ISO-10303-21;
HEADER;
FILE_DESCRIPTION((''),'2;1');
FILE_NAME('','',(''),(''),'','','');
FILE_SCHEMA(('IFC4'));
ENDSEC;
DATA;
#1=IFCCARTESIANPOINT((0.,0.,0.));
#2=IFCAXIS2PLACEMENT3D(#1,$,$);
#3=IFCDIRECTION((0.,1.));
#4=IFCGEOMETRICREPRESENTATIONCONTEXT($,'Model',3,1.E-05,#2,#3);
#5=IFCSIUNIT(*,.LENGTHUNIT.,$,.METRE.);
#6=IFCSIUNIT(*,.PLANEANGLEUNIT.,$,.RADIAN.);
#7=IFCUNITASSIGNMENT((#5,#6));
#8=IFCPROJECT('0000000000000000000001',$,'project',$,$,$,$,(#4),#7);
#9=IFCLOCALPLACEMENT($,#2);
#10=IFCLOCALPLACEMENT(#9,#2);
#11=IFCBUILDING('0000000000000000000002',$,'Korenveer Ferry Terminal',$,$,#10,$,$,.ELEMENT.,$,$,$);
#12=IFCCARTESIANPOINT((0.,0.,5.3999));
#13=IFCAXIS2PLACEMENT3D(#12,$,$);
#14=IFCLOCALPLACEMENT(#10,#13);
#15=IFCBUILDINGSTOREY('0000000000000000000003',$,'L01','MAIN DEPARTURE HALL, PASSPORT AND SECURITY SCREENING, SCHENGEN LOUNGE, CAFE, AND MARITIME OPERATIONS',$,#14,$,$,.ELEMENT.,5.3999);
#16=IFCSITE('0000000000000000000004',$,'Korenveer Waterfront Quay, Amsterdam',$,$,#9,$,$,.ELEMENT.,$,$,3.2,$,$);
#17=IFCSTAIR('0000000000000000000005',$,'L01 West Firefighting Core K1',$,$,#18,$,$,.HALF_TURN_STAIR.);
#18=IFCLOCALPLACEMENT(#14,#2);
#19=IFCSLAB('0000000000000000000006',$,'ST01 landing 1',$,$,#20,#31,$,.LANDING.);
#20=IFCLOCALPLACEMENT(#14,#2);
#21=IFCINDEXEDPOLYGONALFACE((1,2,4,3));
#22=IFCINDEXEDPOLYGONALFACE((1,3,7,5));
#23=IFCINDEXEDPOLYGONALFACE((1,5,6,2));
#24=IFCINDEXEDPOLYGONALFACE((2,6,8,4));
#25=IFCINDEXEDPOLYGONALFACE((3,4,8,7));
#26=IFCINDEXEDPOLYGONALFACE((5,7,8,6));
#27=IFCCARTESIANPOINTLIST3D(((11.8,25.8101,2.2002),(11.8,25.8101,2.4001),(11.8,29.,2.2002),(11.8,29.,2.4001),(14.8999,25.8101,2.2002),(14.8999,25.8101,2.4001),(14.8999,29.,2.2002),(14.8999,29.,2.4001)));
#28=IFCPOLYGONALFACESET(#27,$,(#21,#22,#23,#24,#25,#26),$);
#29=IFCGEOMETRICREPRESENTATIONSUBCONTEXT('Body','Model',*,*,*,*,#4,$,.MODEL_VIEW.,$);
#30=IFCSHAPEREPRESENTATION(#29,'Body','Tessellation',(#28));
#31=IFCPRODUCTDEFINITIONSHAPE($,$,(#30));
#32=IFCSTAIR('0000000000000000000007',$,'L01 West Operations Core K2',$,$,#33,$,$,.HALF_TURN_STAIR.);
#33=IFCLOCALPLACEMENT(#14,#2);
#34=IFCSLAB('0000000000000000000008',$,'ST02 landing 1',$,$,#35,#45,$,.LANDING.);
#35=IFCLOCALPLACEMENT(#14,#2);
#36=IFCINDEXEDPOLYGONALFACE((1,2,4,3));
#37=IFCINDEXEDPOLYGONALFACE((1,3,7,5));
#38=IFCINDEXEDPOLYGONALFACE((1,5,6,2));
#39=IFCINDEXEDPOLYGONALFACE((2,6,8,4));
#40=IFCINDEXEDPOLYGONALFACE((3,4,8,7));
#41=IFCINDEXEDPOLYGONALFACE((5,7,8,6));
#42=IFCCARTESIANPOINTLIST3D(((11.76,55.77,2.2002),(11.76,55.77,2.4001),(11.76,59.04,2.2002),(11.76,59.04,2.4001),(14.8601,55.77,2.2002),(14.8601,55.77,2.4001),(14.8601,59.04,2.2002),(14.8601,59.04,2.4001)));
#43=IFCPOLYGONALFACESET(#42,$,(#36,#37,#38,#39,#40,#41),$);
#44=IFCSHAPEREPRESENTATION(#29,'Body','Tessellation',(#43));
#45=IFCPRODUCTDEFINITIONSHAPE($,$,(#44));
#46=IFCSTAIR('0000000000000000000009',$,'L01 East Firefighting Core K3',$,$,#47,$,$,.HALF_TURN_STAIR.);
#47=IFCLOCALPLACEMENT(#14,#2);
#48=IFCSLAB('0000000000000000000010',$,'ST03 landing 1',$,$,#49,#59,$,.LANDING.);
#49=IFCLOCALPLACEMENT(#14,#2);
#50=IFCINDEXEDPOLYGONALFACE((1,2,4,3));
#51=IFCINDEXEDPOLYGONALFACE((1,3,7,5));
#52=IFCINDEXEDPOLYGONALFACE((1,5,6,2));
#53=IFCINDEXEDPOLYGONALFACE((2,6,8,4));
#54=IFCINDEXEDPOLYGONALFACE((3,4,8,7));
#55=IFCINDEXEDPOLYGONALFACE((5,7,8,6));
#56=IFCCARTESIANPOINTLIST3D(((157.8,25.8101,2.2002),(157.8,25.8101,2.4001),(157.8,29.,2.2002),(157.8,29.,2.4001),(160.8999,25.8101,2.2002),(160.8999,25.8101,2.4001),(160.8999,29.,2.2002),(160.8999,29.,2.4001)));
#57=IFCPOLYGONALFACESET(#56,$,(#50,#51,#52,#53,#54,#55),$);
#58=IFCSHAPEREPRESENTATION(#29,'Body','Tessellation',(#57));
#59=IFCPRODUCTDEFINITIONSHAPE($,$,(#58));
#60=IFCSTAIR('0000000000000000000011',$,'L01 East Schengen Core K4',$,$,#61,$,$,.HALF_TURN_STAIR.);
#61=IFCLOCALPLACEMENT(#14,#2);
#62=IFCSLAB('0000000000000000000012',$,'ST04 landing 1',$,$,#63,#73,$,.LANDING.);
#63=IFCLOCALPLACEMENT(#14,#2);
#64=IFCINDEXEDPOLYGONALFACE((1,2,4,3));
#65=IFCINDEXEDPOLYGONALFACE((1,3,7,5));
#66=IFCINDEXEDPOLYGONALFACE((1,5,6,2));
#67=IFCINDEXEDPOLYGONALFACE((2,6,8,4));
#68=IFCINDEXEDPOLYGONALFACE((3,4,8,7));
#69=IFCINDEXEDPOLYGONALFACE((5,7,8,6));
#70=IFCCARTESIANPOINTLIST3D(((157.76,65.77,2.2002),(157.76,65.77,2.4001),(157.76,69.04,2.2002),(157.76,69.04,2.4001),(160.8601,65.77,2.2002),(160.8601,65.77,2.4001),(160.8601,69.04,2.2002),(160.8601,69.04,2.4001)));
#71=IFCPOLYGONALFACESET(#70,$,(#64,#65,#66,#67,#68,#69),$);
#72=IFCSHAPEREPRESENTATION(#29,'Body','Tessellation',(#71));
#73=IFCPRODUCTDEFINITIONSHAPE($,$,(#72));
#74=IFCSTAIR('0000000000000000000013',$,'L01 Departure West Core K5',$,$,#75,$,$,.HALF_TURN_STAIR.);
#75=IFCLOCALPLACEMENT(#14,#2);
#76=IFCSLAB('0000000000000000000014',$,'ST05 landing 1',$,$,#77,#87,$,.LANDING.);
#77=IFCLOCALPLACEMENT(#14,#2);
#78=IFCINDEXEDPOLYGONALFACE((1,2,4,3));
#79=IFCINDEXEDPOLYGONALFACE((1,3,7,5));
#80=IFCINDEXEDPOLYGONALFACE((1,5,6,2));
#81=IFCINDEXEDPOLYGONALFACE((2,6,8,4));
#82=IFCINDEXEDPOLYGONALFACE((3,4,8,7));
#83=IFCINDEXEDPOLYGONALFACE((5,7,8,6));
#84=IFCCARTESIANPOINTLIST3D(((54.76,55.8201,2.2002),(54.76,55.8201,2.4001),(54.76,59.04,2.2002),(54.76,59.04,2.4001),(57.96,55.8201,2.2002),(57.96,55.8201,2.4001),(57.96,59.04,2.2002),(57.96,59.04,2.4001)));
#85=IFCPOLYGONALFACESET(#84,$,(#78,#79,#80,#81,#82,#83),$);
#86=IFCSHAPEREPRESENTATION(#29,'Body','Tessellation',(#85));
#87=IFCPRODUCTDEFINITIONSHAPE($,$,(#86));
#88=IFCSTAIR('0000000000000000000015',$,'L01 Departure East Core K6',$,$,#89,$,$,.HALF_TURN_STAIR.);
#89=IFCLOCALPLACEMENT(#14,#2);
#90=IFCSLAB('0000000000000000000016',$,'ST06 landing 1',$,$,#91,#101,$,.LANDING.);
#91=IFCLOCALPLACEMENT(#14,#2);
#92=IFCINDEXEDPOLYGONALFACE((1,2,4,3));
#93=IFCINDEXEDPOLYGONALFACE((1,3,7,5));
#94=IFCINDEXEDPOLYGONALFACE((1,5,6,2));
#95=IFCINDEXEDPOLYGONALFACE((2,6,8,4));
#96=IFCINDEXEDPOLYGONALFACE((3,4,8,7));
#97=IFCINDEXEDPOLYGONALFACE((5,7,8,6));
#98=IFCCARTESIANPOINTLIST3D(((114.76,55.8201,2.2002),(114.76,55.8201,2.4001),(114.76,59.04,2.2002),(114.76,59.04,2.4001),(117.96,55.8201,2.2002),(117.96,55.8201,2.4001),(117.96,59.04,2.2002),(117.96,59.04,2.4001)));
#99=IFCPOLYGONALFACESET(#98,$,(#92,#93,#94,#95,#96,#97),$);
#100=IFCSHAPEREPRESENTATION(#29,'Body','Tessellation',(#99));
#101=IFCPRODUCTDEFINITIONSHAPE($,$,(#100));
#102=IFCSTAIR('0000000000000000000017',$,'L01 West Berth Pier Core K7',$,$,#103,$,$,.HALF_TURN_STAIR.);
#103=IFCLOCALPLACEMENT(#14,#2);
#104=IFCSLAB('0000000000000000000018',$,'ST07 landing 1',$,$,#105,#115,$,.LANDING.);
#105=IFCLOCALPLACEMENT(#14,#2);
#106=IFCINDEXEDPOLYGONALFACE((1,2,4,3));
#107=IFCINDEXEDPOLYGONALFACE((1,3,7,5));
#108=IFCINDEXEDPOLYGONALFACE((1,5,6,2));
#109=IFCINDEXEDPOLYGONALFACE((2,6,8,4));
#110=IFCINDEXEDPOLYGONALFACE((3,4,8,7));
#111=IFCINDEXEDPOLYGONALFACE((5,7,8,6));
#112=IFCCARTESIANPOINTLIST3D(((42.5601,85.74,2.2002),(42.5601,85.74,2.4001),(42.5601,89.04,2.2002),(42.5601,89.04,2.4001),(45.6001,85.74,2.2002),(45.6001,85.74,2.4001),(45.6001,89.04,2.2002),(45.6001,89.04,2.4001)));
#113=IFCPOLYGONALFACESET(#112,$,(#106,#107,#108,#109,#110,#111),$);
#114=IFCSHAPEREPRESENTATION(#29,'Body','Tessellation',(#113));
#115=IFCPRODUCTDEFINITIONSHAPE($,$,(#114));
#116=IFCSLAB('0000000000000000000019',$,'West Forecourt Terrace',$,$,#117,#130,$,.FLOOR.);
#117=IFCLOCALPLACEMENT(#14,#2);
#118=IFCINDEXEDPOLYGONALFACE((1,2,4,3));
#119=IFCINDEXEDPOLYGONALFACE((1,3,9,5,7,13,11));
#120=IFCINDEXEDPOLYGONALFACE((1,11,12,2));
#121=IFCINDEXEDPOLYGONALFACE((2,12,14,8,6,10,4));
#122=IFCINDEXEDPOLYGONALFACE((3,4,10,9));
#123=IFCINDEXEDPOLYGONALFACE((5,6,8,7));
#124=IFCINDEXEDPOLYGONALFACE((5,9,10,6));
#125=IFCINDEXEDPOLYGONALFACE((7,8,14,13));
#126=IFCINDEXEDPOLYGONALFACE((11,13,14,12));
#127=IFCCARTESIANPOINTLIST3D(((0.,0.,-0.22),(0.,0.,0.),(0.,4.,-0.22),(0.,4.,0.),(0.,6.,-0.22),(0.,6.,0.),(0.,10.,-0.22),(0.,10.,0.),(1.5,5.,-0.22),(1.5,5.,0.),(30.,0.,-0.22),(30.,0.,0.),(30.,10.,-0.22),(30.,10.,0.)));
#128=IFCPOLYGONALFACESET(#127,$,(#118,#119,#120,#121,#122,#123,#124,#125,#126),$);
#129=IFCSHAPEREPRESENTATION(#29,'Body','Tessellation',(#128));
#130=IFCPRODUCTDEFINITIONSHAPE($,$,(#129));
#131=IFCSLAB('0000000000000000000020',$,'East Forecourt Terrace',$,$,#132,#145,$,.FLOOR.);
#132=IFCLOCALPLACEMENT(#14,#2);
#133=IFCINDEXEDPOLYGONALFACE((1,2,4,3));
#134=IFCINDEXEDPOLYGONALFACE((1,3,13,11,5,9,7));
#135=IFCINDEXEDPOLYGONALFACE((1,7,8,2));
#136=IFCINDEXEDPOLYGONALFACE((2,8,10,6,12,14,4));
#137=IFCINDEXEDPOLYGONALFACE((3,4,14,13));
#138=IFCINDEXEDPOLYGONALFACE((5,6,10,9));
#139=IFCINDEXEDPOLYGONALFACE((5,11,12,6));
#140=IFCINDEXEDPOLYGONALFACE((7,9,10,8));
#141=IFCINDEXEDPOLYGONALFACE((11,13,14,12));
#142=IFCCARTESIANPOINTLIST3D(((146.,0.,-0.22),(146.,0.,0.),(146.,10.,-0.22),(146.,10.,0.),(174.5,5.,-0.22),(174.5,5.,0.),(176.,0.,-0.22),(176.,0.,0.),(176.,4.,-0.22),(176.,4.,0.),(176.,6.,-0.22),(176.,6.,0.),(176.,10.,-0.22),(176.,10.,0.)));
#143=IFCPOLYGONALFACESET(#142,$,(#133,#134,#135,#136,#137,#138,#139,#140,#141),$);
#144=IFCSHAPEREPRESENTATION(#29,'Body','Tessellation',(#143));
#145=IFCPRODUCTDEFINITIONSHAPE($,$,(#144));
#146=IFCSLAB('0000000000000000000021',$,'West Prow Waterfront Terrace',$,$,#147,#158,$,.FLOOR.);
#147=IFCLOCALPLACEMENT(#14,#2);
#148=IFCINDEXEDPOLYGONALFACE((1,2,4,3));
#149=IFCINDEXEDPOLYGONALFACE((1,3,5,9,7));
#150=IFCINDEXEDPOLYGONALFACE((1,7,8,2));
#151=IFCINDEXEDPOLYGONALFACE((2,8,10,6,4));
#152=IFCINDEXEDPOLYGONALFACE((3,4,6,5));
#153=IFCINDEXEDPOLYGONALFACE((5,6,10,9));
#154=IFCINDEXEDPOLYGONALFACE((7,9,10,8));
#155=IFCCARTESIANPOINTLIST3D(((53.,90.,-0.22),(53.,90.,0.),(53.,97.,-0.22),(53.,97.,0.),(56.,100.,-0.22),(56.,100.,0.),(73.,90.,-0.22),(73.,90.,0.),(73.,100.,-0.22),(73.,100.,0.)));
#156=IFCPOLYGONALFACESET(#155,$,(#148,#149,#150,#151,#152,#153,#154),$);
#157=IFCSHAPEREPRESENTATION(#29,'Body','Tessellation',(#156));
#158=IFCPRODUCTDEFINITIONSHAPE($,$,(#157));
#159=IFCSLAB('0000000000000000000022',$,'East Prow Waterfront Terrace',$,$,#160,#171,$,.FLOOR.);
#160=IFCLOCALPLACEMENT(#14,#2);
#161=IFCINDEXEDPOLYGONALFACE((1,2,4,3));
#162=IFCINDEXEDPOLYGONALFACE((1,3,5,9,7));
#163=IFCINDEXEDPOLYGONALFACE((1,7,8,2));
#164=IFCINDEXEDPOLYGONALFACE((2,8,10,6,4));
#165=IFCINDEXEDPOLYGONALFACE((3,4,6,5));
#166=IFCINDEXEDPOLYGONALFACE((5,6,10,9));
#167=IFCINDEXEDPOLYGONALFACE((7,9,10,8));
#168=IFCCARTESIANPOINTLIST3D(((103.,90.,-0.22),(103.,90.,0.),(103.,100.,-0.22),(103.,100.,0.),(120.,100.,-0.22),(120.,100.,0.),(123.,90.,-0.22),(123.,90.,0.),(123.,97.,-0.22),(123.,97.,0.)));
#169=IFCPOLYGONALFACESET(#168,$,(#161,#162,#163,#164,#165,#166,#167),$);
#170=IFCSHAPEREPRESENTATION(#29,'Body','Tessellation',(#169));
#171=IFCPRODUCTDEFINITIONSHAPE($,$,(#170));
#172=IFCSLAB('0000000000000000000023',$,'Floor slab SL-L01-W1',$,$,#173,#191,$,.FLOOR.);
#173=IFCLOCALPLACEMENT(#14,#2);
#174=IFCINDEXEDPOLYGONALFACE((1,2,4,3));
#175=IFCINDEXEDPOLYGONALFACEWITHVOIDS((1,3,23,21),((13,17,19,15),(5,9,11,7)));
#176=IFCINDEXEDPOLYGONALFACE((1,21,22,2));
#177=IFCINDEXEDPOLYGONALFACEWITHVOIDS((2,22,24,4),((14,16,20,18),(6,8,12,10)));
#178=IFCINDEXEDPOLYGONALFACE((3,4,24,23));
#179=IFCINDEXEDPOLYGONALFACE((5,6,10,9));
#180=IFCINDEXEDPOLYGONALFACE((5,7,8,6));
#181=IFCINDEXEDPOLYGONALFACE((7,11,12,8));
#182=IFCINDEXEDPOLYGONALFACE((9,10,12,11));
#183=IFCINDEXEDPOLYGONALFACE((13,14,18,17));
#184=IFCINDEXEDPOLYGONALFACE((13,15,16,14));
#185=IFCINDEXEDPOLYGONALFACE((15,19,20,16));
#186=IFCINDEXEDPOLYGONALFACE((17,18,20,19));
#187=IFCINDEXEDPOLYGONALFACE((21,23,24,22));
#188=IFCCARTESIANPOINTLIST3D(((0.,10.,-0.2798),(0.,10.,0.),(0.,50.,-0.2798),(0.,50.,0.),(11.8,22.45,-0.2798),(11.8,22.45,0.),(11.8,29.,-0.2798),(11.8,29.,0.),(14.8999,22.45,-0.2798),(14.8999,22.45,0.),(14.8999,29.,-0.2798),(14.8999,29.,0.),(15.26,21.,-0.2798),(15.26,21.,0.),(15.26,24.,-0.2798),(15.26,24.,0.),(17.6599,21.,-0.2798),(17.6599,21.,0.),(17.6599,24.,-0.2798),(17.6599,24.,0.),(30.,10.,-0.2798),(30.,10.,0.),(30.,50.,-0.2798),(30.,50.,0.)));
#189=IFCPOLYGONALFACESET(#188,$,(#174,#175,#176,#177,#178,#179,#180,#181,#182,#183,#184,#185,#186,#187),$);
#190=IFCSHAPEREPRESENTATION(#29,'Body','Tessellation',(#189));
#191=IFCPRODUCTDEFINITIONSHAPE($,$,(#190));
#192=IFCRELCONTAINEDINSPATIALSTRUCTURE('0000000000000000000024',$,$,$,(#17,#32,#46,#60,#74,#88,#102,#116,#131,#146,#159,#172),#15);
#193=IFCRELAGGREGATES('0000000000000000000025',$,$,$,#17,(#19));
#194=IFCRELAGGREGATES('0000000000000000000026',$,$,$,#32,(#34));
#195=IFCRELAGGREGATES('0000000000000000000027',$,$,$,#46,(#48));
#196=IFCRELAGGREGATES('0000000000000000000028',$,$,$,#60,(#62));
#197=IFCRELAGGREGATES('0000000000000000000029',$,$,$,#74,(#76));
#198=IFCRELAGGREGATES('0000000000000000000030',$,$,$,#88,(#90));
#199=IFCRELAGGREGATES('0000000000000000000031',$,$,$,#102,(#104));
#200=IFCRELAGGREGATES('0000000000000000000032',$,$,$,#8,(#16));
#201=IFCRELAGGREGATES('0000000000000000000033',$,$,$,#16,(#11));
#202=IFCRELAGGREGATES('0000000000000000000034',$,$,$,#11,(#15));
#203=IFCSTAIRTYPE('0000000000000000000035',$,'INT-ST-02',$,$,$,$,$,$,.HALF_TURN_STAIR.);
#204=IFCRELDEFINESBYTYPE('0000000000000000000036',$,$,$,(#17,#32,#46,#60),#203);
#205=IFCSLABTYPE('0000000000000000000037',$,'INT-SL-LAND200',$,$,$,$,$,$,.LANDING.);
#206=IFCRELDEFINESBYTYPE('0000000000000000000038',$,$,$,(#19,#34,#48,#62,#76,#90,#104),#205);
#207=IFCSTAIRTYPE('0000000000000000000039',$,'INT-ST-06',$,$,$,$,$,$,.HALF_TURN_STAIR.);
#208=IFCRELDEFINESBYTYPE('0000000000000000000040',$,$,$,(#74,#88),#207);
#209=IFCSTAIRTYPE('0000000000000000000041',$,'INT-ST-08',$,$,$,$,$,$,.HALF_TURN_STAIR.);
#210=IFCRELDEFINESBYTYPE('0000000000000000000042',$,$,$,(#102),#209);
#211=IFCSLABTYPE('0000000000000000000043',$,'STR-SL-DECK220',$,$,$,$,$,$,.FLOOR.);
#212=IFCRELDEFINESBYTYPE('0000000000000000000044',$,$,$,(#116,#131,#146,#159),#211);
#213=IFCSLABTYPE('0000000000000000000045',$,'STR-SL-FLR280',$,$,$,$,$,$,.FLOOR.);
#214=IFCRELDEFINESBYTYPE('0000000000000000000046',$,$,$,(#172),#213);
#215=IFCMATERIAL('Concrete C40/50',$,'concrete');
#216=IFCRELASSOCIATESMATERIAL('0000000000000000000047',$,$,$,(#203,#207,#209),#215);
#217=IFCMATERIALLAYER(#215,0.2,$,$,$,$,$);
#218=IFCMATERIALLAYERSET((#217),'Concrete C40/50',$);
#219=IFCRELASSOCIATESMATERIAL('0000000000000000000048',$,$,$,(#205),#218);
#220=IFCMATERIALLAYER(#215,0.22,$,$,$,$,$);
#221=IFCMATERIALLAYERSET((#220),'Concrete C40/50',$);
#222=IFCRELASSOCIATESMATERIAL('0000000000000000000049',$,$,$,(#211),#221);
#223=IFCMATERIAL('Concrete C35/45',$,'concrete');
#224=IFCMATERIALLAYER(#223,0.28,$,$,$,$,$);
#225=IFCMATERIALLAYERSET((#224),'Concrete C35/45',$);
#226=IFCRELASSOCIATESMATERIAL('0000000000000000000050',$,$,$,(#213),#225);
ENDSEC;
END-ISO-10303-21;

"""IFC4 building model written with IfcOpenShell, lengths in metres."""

from ifc_helpers import new_model, si_unit, direction, frame, origin, place, context, subcontext, project, spatial, polyline, outline, extrude, material, layer, layer_set, type_object, element, aggregate, save


model = new_model("IFC4")

# Units and contexts
model_context = context("Model", 3, precision=1e-05, world=origin(), true_north=direction((0.0, 1.0)))
body_context = subcontext(model_context, "Body", "Model", "MODEL_VIEW")
ifc_project = project(units=[si_unit("LENGTHUNIT", "METRE"), si_unit("PLANEANGLEUNIT", "RADIAN")], contexts=[model_context])

# Site, building, storey
site_placement = place(None, origin())
site = spatial("IfcSite", under=ifc_project, at=site_placement, Name="Korenveer Waterfront Quay, Amsterdam", CompositionType="ELEMENT", RefElevation=3.2)
building_placement = place(site_placement, origin())
building = spatial("IfcBuilding", under=site, at=building_placement, Name="Korenveer Ferry Terminal", CompositionType="ELEMENT")
storey_placement = place(building_placement, frame((0.0, 0.0, 5.3999)))
storey = spatial("IfcBuildingStorey", under=building, at=storey_placement, Name="L01", Description="MAIN DEPARTURE HALL, PASSPORT AND SECURITY SCREENING, SCHENGEN LOUNGE, CAFE, AND MARITIME OPERATIONS", CompositionType="ELEMENT", Elevation=5.3999)

# Stairs, slabs
ifc_material_1 = material(Name="Concrete C40/50", Category="concrete")
stair_type_1 = type_object("IfcStairType", Name="INT-ST-02", PredefinedType="HALF_TURN_STAIR", material=ifc_material_1)
stair_1_placement = place(storey_placement, frame((14.175, 22.45, 0.0)))
stair_1 = element("IfcStair", 1, at=stair_1_placement, inside=storey, type_object=stair_type_1, Name="L01 West Firefighting Core K1", PredefinedType="HALF_TURN_STAIR")
ifc_layer_1 = layer(ifc_material_1, 0.2)
ifc_layer_set_1 = layer_set([ifc_layer_1], Name="Concrete C40/50")
slab_type_1 = type_object("IfcSlabType", Name="INT-SL-LAND200", PredefinedType="LANDING", material=ifc_layer_set_1)
slab_1_placement = place(storey_placement, frame((0.0, 0.0, 2.2002)))
slab_1 = element("IfcSlab", 2, at=slab_1_placement, type_object=slab_type_1, Name="ST01 landing 1", PredefinedType="LANDING", context=body_context, shape_type="SweptSolid", body=[
    extrude(outline(polyline([(14.8999, 25.8101), (14.8999, 29.0), (11.8, 29.0), (11.8, 25.8101), (14.8999, 25.8101)])), origin(), (0.0, 0.0, 1.0), 0.2),
])
aggregate(stair_1, [slab_1])
stair_2_placement = place(storey_placement, frame((14.135, 52.4099, 0.0)))
stair_2 = element("IfcStair", 3, at=stair_2_placement, inside=storey, type_object=stair_type_1, Name="L01 West Operations Core K2", PredefinedType="HALF_TURN_STAIR")
slab_2_placement = place(storey_placement, frame((0.0, 0.0, 2.2002)))
slab_2 = element("IfcSlab", 4, at=slab_2_placement, type_object=slab_type_1, Name="ST02 landing 1", PredefinedType="LANDING", context=body_context, shape_type="SweptSolid", body=[
    extrude(outline(polyline([(14.8601, 55.77), (14.8601, 59.04), (11.76, 59.04), (11.76, 55.77), (14.8601, 55.77)])), origin(), (0.0, 0.0, 1.0), 0.2),
])
aggregate(stair_2, [slab_2])
stair_3_placement = place(storey_placement, frame((160.175, 22.45, 0.0)))
stair_3 = element("IfcStair", 5, at=stair_3_placement, inside=storey, type_object=stair_type_1, Name="L01 East Firefighting Core K3", PredefinedType="HALF_TURN_STAIR")
slab_3_placement = place(storey_placement, frame((0.0, 0.0, 2.2002)))
slab_3 = element("IfcSlab", 6, at=slab_3_placement, type_object=slab_type_1, Name="ST03 landing 1", PredefinedType="LANDING", context=body_context, shape_type="SweptSolid", body=[
    extrude(outline(polyline([(160.8999, 25.8101), (160.8999, 29.0), (157.8, 29.0), (157.8, 25.8101), (160.8999, 25.8101)])), origin(), (0.0, 0.0, 1.0), 0.2),
])
aggregate(stair_3, [slab_3])
stair_4_placement = place(storey_placement, frame((160.135, 62.4099, 0.0)))
stair_4 = element("IfcStair", 7, at=stair_4_placement, inside=storey, type_object=stair_type_1, Name="L01 East Schengen Core K4", PredefinedType="HALF_TURN_STAIR")
slab_4_placement = place(storey_placement, frame((0.0, 0.0, 2.2002)))
slab_4 = element("IfcSlab", 8, at=slab_4_placement, type_object=slab_type_1, Name="ST04 landing 1", PredefinedType="LANDING", context=body_context, shape_type="SweptSolid", body=[
    extrude(outline(polyline([(160.8601, 65.77), (160.8601, 69.04), (157.76, 69.04), (157.76, 65.77), (160.8601, 65.77)])), origin(), (0.0, 0.0, 1.0), 0.2),
])
aggregate(stair_4, [slab_4])
stair_type_2 = type_object("IfcStairType", Name="INT-ST-06", PredefinedType="HALF_TURN_STAIR", material=ifc_material_1)
stair_5_placement = place(storey_placement, frame((57.21, 52.46, 0.0)))
stair_5 = element("IfcStair", 9, at=stair_5_placement, inside=storey, type_object=stair_type_2, Name="L01 Departure West Core K5", PredefinedType="HALF_TURN_STAIR")
slab_5_placement = place(storey_placement, frame((0.0, 0.0, 2.2002)))
slab_5 = element("IfcSlab", 10, at=slab_5_placement, type_object=slab_type_1, Name="ST05 landing 1", PredefinedType="LANDING", context=body_context, shape_type="SweptSolid", body=[
    extrude(outline(polyline([(57.96, 55.8201), (57.96, 59.04), (54.76, 59.04), (54.76, 55.8201), (57.96, 55.8201)])), origin(), (0.0, 0.0, 1.0), 0.2),
])
aggregate(stair_5, [slab_5])
stair_6_placement = place(storey_placement, frame((117.21, 52.46, 0.0)))
stair_6 = element("IfcStair", 11, at=stair_6_placement, inside=storey, type_object=stair_type_2, Name="L01 Departure East Core K6", PredefinedType="HALF_TURN_STAIR")
slab_6_placement = place(storey_placement, frame((0.0, 0.0, 2.2002)))
slab_6 = element("IfcSlab", 12, at=slab_6_placement, type_object=slab_type_1, Name="ST06 landing 1", PredefinedType="LANDING", context=body_context, shape_type="SweptSolid", body=[
    extrude(outline(polyline([(117.96, 55.8201), (117.96, 59.04), (114.76, 59.04), (114.76, 55.8201), (117.96, 55.8201)])), origin(), (0.0, 0.0, 1.0), 0.2),
])
aggregate(stair_6, [slab_6])
stair_type_3 = type_object("IfcStairType", Name="INT-ST-08", PredefinedType="HALF_TURN_STAIR", material=ifc_material_1)
stair_7_placement = place(storey_placement, frame((44.8899, 82.3799, 0.0)))
stair_7 = element("IfcStair", 13, at=stair_7_placement, inside=storey, type_object=stair_type_3, Name="L01 West Berth Pier Core K7", PredefinedType="HALF_TURN_STAIR")
slab_7_placement = place(storey_placement, frame((0.0, 0.0, 2.2002)))
slab_7 = element("IfcSlab", 14, at=slab_7_placement, type_object=slab_type_1, Name="ST07 landing 1", PredefinedType="LANDING", context=body_context, shape_type="SweptSolid", body=[
    extrude(outline(polyline([(45.6001, 85.74), (45.6001, 89.04), (42.5601, 89.04), (42.5601, 85.74), (45.6001, 85.74)])), origin(), (0.0, 0.0, 1.0), 0.2),
])
aggregate(stair_7, [slab_7])

# Slabs
ifc_layer_2 = layer(ifc_material_1, 0.22)
ifc_layer_set_2 = layer_set([ifc_layer_2], Name="Concrete C40/50")
slab_type_2 = type_object("IfcSlabType", Name="STR-SL-DECK220", PredefinedType="FLOOR", material=ifc_layer_set_2)
slab_8_placement = place(storey_placement, frame((0.0, 0.0, -0.22)))
element("IfcSlab", 15, at=slab_8_placement, inside=storey, type_object=slab_type_2, Name="West Forecourt Terrace", PredefinedType="FLOOR", context=body_context, shape_type="SweptSolid", body=[
    extrude(outline(polyline([(0.0, 0.0), (30.0, 0.0), (30.0, 10.0), (0.0, 10.0), (0.0, 6.0), (1.5, 5.0), (0.0, 4.0), (0.0, 0.0)])), origin(), (0.0, 0.0, 1.0), 0.22),
])
slab_9_placement = place(storey_placement, frame((0.0, 0.0, -0.22)))
element("IfcSlab", 16, at=slab_9_placement, inside=storey, type_object=slab_type_2, Name="East Forecourt Terrace", PredefinedType="FLOOR", context=body_context, shape_type="SweptSolid", body=[
    extrude(outline(polyline([(146.0, 0.0), (176.0, 0.0), (176.0, 4.0), (174.5, 5.0), (176.0, 6.0), (176.0, 10.0), (146.0, 10.0), (146.0, 0.0)])), origin(), (0.0, 0.0, 1.0), 0.22),
])
slab_10_placement = place(storey_placement, frame((0.0, 0.0, -0.22)))
element("IfcSlab", 17, at=slab_10_placement, inside=storey, type_object=slab_type_2, Name="West Prow Waterfront Terrace", PredefinedType="FLOOR", context=body_context, shape_type="SweptSolid", body=[
    extrude(outline(polyline([(53.0, 90.0), (73.0, 90.0), (73.0, 100.0), (56.0, 100.0), (53.0, 97.0), (53.0, 90.0)])), origin(), (0.0, 0.0, 1.0), 0.22),
])
slab_11_placement = place(storey_placement, frame((0.0, 0.0, -0.22)))
element("IfcSlab", 18, at=slab_11_placement, inside=storey, type_object=slab_type_2, Name="East Prow Waterfront Terrace", PredefinedType="FLOOR", context=body_context, shape_type="SweptSolid", body=[
    extrude(outline(polyline([(103.0, 90.0), (123.0, 90.0), (123.0, 97.0), (120.0, 100.0), (103.0, 100.0), (103.0, 90.0)])), origin(), (0.0, 0.0, 1.0), 0.22),
])
ifc_material_2 = material(Name="Concrete C35/45", Category="concrete")
ifc_layer_3 = layer(ifc_material_2, 0.28)
ifc_layer_set_3 = layer_set([ifc_layer_3], Name="Concrete C35/45")
slab_type_3 = type_object("IfcSlabType", Name="STR-SL-FLR280", PredefinedType="FLOOR", material=ifc_layer_set_3)
slab_12_placement = place(storey_placement, frame((0.0, 0.0, -0.2798)))
element("IfcSlab", 19, at=slab_12_placement, inside=storey, type_object=slab_type_3, Name="Floor slab SL-L01-W1", PredefinedType="FLOOR", context=body_context, shape_type="SweptSolid", body=[
    extrude(outline(polyline([(0.0, 10.0), (30.0, 10.0), (30.0, 50.0), (0.0, 50.0), (0.0, 10.0)]), holes=[polyline([(14.8999, 22.45), (14.8999, 29.0), (11.8, 29.0), (11.8, 22.45), (14.8999, 22.45)]), polyline([(15.26, 21.0), (17.6599, 21.0), (17.6599, 24.0), (15.26, 24.0), (15.26, 21.0)])]), origin(), (0.0, 0.0, 1.0), 0.2798),
])

save(model, "model.ifc")
